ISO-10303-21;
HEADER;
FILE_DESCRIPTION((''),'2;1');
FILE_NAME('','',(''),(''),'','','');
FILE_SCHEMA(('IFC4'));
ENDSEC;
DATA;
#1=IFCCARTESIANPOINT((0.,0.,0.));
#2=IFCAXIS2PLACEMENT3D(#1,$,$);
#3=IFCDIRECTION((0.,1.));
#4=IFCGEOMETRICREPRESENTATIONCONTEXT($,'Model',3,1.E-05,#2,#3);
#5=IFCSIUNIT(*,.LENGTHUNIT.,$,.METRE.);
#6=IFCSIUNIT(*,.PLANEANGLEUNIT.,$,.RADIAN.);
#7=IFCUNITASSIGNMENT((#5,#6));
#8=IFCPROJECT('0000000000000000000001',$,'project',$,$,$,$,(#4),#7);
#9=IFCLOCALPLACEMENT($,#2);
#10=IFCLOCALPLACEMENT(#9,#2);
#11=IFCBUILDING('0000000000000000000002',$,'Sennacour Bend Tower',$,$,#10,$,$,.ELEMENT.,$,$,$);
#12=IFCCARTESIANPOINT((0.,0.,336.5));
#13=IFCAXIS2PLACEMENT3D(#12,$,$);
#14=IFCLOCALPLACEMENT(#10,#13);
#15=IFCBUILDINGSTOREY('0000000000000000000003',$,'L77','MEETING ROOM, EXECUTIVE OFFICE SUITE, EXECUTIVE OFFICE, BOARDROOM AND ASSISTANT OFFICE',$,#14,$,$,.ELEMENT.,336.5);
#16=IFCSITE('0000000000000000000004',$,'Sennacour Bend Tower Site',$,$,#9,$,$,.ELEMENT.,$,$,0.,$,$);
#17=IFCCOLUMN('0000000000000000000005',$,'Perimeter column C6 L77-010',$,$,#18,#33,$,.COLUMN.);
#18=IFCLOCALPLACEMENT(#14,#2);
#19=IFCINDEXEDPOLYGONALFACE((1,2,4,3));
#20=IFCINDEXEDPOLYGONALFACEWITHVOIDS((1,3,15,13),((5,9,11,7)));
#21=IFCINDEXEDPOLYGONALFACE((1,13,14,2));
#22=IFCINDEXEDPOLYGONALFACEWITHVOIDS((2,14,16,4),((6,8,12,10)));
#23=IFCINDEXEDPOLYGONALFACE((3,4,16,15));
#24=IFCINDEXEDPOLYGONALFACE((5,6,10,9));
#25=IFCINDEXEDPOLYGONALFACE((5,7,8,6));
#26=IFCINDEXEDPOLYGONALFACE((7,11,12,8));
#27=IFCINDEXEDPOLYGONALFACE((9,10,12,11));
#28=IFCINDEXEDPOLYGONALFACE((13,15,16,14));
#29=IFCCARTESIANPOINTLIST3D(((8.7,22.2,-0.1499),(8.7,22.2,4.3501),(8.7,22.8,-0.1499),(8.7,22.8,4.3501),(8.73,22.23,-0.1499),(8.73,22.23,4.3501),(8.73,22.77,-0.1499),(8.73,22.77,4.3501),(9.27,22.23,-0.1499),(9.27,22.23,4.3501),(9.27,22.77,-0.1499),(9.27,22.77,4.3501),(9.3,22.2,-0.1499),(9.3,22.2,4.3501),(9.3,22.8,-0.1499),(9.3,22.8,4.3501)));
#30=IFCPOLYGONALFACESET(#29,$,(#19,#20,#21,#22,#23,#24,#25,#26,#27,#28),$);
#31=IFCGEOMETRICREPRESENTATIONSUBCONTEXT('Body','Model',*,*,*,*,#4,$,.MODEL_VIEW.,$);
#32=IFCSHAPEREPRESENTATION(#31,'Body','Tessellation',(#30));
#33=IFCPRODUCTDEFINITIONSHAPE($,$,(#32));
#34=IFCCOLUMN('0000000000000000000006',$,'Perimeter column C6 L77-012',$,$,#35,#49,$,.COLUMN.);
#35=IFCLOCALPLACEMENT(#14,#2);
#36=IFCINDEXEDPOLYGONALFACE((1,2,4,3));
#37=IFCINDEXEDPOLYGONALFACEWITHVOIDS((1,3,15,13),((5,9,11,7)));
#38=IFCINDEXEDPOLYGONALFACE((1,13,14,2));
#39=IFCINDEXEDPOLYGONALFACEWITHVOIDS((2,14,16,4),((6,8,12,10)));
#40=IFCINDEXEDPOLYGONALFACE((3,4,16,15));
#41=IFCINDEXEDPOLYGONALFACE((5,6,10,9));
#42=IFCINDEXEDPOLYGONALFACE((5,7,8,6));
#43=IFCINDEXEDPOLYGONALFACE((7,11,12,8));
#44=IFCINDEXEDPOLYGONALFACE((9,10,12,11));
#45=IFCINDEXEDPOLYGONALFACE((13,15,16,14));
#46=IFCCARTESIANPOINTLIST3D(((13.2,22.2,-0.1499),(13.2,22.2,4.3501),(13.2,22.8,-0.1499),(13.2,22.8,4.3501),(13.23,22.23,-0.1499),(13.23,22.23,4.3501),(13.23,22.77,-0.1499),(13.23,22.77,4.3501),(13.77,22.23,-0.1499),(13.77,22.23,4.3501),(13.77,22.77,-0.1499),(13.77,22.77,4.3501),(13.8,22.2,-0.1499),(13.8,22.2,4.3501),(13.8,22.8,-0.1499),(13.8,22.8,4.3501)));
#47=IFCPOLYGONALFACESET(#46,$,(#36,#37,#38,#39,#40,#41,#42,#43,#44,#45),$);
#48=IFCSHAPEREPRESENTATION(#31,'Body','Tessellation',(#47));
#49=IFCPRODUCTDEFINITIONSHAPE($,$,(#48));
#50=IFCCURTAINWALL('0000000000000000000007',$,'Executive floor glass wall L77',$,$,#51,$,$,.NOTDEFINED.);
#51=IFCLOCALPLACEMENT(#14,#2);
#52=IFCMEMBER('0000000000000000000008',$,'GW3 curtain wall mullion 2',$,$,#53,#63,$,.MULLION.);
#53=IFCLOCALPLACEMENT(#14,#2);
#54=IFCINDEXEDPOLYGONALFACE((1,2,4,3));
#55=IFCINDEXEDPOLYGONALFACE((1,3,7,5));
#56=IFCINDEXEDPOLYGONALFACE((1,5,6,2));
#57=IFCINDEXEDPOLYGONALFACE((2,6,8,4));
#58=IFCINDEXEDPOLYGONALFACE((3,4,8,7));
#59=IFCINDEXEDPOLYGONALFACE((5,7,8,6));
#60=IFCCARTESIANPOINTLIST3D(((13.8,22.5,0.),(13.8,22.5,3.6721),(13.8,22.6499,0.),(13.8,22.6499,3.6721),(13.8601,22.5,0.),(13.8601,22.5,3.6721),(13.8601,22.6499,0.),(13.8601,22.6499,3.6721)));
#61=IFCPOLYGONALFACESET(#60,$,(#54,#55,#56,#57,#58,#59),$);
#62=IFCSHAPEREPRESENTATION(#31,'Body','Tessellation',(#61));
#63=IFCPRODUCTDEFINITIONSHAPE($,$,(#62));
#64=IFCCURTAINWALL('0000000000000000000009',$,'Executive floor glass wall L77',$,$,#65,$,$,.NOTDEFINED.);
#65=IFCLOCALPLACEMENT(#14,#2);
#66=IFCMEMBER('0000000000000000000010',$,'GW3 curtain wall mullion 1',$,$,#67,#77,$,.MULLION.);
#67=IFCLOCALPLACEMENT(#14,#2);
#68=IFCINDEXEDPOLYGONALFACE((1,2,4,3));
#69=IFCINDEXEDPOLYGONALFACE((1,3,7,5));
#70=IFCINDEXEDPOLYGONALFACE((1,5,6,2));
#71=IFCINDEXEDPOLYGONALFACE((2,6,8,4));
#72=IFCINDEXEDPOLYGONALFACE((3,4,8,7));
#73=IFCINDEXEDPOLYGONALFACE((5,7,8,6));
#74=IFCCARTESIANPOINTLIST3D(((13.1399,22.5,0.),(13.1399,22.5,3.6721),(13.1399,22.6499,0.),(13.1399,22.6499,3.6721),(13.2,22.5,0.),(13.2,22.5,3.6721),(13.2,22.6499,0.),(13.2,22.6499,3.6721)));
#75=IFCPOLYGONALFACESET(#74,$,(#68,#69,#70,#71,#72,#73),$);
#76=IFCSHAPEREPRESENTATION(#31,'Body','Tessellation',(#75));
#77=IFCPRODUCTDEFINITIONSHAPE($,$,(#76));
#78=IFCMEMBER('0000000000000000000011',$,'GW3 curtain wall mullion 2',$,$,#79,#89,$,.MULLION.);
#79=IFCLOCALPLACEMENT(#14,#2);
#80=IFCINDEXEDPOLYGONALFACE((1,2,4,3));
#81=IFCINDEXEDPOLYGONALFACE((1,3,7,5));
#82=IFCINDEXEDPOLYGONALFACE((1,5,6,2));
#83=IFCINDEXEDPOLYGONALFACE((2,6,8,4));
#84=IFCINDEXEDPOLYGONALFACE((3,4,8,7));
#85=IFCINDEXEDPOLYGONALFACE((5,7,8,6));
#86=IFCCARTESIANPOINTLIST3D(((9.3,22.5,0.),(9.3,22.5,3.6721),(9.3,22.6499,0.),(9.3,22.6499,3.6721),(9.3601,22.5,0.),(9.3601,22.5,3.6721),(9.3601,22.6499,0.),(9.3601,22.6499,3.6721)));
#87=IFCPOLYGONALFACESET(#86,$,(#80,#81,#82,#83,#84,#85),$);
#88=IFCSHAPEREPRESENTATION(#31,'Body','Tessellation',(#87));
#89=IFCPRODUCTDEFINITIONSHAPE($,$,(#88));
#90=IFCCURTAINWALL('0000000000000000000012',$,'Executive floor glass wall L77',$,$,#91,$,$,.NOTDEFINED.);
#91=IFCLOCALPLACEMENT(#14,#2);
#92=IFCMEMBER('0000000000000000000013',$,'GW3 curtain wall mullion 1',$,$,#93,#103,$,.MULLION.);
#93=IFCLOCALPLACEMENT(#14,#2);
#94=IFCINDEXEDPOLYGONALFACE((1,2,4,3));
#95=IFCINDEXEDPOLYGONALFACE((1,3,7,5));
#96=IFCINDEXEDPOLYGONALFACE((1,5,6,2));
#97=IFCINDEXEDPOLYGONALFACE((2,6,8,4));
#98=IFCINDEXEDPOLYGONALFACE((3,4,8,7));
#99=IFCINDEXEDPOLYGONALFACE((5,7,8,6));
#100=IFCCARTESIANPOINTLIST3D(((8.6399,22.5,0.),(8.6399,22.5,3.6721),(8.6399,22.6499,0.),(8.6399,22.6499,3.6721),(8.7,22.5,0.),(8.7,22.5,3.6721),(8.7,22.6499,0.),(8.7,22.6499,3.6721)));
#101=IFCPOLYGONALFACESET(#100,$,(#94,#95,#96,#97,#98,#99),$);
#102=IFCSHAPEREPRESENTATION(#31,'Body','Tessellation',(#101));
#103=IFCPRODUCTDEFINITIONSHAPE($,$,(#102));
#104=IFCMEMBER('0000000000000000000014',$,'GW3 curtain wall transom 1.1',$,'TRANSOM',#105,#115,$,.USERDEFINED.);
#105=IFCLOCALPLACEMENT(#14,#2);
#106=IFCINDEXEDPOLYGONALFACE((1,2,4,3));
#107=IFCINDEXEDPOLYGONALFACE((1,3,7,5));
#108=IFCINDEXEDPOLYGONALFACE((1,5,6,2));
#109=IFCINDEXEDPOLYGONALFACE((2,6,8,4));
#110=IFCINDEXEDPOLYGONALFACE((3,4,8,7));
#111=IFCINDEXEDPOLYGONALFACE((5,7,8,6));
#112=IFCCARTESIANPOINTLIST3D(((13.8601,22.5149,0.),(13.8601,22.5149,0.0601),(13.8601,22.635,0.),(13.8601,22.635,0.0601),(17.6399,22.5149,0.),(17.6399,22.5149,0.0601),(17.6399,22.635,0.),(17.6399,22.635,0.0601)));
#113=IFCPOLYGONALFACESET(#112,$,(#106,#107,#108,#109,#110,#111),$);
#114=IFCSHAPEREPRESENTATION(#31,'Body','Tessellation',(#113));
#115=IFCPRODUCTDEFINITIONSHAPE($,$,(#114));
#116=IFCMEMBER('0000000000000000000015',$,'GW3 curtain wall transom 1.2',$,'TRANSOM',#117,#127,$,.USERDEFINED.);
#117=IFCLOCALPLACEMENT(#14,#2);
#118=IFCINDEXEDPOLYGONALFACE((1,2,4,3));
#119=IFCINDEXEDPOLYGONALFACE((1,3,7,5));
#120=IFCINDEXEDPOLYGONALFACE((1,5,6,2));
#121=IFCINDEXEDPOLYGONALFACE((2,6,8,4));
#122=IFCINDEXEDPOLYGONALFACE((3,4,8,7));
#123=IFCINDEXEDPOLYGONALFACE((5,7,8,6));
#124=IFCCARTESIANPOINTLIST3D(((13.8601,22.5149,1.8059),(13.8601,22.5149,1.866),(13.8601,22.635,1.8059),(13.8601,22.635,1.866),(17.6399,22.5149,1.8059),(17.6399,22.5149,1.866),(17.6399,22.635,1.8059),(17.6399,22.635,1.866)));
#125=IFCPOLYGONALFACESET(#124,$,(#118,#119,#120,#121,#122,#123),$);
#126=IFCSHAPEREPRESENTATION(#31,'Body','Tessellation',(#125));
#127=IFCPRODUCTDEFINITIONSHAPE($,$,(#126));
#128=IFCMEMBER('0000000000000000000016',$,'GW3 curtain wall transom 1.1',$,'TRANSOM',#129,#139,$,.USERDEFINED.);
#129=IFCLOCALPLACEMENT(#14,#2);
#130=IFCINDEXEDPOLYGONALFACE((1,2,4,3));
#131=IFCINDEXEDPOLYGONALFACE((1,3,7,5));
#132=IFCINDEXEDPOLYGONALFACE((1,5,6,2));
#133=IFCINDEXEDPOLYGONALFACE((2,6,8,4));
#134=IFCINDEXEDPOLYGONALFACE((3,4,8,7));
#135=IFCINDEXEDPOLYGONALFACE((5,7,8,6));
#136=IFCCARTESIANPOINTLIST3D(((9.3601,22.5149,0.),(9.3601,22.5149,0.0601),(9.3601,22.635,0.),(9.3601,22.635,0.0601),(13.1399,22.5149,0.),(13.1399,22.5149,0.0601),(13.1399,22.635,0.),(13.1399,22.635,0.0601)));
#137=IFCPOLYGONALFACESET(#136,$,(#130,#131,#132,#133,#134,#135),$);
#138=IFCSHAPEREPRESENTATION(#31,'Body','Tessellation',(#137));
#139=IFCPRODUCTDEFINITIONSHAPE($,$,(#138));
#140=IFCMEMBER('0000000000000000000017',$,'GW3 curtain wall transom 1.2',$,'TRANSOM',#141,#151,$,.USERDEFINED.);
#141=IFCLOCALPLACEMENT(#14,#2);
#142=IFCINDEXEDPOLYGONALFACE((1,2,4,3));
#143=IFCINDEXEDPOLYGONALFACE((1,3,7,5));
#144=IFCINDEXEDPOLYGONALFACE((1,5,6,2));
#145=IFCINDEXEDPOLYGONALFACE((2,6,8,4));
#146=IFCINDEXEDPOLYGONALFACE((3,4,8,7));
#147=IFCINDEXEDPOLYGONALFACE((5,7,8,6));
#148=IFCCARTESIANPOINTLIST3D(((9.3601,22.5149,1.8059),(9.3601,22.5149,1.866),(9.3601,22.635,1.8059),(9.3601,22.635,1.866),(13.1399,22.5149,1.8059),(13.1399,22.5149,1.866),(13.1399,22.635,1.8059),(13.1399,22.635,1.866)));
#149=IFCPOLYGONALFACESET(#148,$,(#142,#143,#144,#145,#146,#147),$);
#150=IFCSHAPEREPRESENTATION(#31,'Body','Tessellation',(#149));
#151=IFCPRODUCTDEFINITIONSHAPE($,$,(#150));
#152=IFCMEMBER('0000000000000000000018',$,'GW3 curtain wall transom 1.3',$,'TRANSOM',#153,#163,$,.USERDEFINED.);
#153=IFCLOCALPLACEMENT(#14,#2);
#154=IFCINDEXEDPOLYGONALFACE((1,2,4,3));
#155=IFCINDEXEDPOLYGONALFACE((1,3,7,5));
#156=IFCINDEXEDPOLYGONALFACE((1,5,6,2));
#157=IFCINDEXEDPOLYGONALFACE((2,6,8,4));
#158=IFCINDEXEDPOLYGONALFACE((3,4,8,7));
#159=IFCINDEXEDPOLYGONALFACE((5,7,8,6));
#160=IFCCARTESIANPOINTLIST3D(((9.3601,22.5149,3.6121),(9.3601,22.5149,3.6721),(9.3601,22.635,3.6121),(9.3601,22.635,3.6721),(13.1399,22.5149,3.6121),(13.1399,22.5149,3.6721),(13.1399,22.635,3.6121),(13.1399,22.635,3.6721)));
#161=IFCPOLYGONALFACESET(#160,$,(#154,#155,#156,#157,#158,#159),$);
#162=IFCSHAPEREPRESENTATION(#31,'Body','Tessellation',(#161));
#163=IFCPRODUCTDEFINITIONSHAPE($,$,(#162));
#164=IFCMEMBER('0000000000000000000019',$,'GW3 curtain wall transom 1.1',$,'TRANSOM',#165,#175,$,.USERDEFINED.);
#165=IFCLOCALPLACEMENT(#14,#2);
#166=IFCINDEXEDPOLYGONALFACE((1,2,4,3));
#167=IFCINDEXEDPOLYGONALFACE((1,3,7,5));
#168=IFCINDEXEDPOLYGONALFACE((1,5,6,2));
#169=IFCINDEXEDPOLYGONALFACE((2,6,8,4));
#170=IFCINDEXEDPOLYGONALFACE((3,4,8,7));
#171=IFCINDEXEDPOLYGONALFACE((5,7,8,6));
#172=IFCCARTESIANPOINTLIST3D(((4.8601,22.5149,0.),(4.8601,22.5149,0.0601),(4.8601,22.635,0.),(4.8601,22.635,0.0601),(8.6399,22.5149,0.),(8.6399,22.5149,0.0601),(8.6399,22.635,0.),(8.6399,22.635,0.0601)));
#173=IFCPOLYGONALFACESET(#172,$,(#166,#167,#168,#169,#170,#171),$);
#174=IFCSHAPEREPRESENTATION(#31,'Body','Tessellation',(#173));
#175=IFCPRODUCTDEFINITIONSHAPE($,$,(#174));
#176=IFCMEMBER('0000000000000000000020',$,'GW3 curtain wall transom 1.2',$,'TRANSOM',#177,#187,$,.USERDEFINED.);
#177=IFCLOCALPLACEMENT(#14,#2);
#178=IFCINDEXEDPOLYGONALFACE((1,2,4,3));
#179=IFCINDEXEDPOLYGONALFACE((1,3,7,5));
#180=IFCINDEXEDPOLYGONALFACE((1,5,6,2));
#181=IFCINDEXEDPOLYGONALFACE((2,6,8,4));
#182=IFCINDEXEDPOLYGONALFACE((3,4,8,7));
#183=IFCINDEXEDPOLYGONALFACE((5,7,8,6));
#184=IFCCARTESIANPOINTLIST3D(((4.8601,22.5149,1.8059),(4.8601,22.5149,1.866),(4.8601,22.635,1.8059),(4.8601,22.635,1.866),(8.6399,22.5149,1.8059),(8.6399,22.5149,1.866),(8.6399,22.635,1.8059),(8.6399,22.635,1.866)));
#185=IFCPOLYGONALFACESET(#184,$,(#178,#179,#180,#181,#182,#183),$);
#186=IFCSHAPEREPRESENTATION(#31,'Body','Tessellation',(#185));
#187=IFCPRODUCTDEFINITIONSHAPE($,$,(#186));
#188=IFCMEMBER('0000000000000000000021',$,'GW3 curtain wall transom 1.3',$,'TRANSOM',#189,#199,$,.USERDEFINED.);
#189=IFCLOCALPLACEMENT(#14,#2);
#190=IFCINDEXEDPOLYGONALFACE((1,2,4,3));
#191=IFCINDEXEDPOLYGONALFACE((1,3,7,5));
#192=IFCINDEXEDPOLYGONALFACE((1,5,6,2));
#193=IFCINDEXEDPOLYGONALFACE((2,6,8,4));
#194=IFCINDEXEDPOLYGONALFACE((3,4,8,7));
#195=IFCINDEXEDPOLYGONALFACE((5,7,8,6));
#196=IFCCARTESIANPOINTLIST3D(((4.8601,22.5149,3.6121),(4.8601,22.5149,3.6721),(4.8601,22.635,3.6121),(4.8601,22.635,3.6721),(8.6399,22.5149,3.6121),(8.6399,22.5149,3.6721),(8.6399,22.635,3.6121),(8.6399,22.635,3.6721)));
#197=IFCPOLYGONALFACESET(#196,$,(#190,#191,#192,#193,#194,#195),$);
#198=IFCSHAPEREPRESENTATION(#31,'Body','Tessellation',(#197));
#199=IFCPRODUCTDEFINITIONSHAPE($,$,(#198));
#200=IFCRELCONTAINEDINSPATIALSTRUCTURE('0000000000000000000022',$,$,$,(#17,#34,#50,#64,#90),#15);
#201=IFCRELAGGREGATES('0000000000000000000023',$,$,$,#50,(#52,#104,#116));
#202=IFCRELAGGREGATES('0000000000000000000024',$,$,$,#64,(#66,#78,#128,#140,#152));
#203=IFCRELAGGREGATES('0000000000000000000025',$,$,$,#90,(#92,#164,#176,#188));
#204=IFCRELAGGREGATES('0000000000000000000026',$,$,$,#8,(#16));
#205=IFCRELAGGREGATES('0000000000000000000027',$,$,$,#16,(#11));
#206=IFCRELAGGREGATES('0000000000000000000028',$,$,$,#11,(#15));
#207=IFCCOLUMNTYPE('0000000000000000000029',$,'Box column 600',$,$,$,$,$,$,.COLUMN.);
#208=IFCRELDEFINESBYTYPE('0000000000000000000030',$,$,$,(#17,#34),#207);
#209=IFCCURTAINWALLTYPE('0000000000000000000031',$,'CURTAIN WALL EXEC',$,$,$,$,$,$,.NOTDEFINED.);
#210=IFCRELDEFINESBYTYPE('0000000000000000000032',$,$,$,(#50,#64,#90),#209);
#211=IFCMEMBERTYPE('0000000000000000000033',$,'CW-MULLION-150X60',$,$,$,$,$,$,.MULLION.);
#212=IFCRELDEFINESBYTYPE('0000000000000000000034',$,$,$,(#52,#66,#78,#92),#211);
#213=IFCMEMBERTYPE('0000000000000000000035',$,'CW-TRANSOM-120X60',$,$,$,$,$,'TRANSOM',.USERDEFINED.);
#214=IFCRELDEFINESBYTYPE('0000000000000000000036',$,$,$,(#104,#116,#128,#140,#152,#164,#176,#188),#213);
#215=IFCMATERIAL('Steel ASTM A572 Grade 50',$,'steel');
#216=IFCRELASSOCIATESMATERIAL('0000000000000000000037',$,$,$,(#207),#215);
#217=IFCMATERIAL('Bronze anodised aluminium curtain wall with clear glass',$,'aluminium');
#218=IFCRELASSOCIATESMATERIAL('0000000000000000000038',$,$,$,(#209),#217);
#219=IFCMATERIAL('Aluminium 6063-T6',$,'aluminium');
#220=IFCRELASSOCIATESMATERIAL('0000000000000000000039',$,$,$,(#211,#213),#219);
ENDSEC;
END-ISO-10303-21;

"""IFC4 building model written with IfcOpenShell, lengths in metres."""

from ifc_helpers import new_model, si_unit, direction, frame, origin, origin_2d, place, context, subcontext, project, spatial, rectangle, hollow_rectangle, extrude, material, material_profile, profile_set, type_object, element, aggregate, save


model = new_model("IFC4")

# Units and contexts
model_context = context("Model", 3, precision=1e-05, world=origin(), true_north=direction((0.0, 1.0)))
body_context = subcontext(model_context, "Body", "Model", "MODEL_VIEW")
ifc_project = project(units=[si_unit("LENGTHUNIT", "METRE"), si_unit("PLANEANGLEUNIT", "RADIAN")], contexts=[model_context])

# Site, building, storey
site_placement = place(None, origin())
site = spatial("IfcSite", under=ifc_project, at=site_placement, Name="Sennacour Bend Tower Site", CompositionType="ELEMENT", RefElevation=0.0)
building_placement = place(site_placement, origin())
building = spatial("IfcBuilding", under=site, at=building_placement, Name="Sennacour Bend Tower", CompositionType="ELEMENT")
storey_placement = place(building_placement, frame((0.0, 0.0, 336.5)))
storey = spatial("IfcBuildingStorey", under=building, at=storey_placement, Name="L77", Description="MEETING ROOM, EXECUTIVE OFFICE SUITE, EXECUTIVE OFFICE, BOARDROOM AND ASSISTANT OFFICE", CompositionType="ELEMENT", Elevation=336.5)

# Columns
ifc_material_1 = material(Name="Steel ASTM A572 Grade 50", Category="steel")
ifc_material_profile_1 = material_profile(ifc_material_1, hollow_rectangle(XDim=0.6001, YDim=0.6001, WallThickness=0.03, at=origin_2d()), Name="Steel ASTM A572 Grade 50", Category="steel")
ifc_profile_set_1 = profile_set([ifc_material_profile_1], Name="Steel ASTM A572 Grade 50")
column_type = type_object("IfcColumnType", Name="Box column 600", PredefinedType="COLUMN", material=ifc_profile_set_1)
for number, where, z_axis, x_axis, name in (
    (1, (9.0, 22.5, -0.1499), (0.0, 0.0, 1.0), (1.0, 0.0, 0.0), "Perimeter column C6 L77-010"),
    (2, (13.5, 22.5, -0.1499), (0.0, 0.0, 1.0), (1.0, 0.0, 0.0), "Perimeter column C6 L77-012"),
):
    element("IfcColumn", number, at=place(storey_placement, frame(where, z_axis=z_axis, x_axis=x_axis)), inside=storey, type_object=column_type, Name=name, PredefinedType="COLUMN", context=body_context, shape_type="SweptSolid", body=[
        extrude(hollow_rectangle(XDim=0.6001, YDim=0.6001, WallThickness=0.03, at=origin_2d()), origin(), (0.0, 0.0, 1.0), 4.5),
    ])

# Curtain wall, member
ifc_material_2 = material(Name="Bronze anodised aluminium curtain wall with clear glass", Category="aluminium")
curtain_wall_type = type_object("IfcCurtainWallType", Name="CURTAIN WALL EXEC", PredefinedType="NOTDEFINED", material=ifc_material_2)
curtain_wall_1_placement = place(storey_placement, origin())
curtain_wall_1 = element("IfcCurtainWall", 3, at=curtain_wall_1_placement, inside=storey, type_object=curtain_wall_type, Name="Executive floor glass wall L77", PredefinedType="NOTDEFINED")
ifc_material_3 = material(Name="Aluminium 6063-T6", Category="aluminium")
ifc_material_profile_2 = material_profile(ifc_material_3, rectangle(XDim=0.1499, YDim=0.0601, at=origin_2d()), Name="Aluminium 6063-T6", Category="aluminium")
ifc_profile_set_2 = profile_set([ifc_material_profile_2], Name="Aluminium 6063-T6")
member_type_1 = type_object("IfcMemberType", Name="CW-MULLION-150X60", PredefinedType="MULLION", material=ifc_profile_set_2)
member_1_placement = place(storey_placement, frame((13.8301, 22.575, 0.0), z_axis=(0.0, 0.0, 1.0), x_axis=(0.0, -1.0, 0.0)))
member_1 = element("IfcMember", 4, at=member_1_placement, type_object=member_type_1, Name="GW3 curtain wall mullion 2", PredefinedType="MULLION", context=body_context, shape_type="SweptSolid", body=[
    extrude(rectangle(XDim=0.1499, YDim=0.0601, at=origin_2d()), origin(), (0.0, 0.0, 1.0), 3.6721),
])

# Curtain wall, members
curtain_wall_2_placement = place(storey_placement, origin())
curtain_wall_2 = element("IfcCurtainWall", 5, at=curtain_wall_2_placement, inside=storey, type_object=curtain_wall_type, Name="Executive floor glass wall L77", PredefinedType="NOTDEFINED")
member_2_placement = place(storey_placement, frame((13.1699, 22.575, 0.0), z_axis=(0.0, 0.0, 1.0), x_axis=(0.0, -1.0, 0.0)))
member_2 = element("IfcMember", 6, at=member_2_placement, type_object=member_type_1, Name="GW3 curtain wall mullion 1", PredefinedType="MULLION", context=body_context, shape_type="SweptSolid", body=[
    extrude(rectangle(XDim=0.1499, YDim=0.0601, at=origin_2d()), origin(), (0.0, 0.0, 1.0), 3.6721),
])
member_3_placement = place(storey_placement, frame((9.3301, 22.575, 0.0), z_axis=(0.0, 0.0, 1.0), x_axis=(0.0, -1.0, 0.0)))
member_3 = element("IfcMember", 7, at=member_3_placement, type_object=member_type_1, Name="GW3 curtain wall mullion 2", PredefinedType="MULLION", context=body_context, shape_type="SweptSolid", body=[
    extrude(rectangle(XDim=0.1499, YDim=0.0601, at=origin_2d()), origin(), (0.0, 0.0, 1.0), 3.6721),
])

# Curtain wall, member
curtain_wall_3_placement = place(storey_placement, origin())
curtain_wall_3 = element("IfcCurtainWall", 8, at=curtain_wall_3_placement, inside=storey, type_object=curtain_wall_type, Name="Executive floor glass wall L77", PredefinedType="NOTDEFINED")
member_4_placement = place(storey_placement, frame((8.6699, 22.575, 0.0), z_axis=(0.0, 0.0, 1.0), x_axis=(0.0, -1.0, 0.0)))
member_4 = element("IfcMember", 9, at=member_4_placement, type_object=member_type_1, Name="GW3 curtain wall mullion 1", PredefinedType="MULLION", context=body_context, shape_type="SweptSolid", body=[
    extrude(rectangle(XDim=0.1499, YDim=0.0601, at=origin_2d()), origin(), (0.0, 0.0, 1.0), 3.6721),
])

# Members
ifc_material_profile_3 = material_profile(ifc_material_3, rectangle(XDim=0.1201, YDim=0.0601, at=origin_2d()), Name="Aluminium 6063-T6", Category="aluminium")
ifc_profile_set_3 = profile_set([ifc_material_profile_3], Name="Aluminium 6063-T6")
member_type_2 = type_object("IfcMemberType", Name="CW-TRANSOM-120X60", ElementType="TRANSOM", PredefinedType="USERDEFINED", material=ifc_profile_set_3)
member_5_placement = place(storey_placement, frame((17.6399, 22.575, 0.03), z_axis=(-1.0, 0.0, 0.0), x_axis=(0.0, -1.0, 0.0)))
member_5 = element("IfcMember", 10, at=member_5_placement, type_object=member_type_2, Name="GW3 curtain wall transom 1.1", ObjectType="TRANSOM", PredefinedType="USERDEFINED", context=body_context, shape_type="SweptSolid", body=[
    extrude(rectangle(XDim=0.1201, YDim=0.0601, at=origin_2d()), origin(), (0.0, 0.0, 1.0), 3.7798),
])
member_6_placement = place(storey_placement, frame((17.6399, 22.575, 1.8359), z_axis=(-1.0, 0.0, 0.0), x_axis=(0.0, -1.0, 0.0)))
member_6 = element("IfcMember", 11, at=member_6_placement, type_object=member_type_2, Name="GW3 curtain wall transom 1.2", ObjectType="TRANSOM", PredefinedType="USERDEFINED", context=body_context, shape_type="SweptSolid", body=[
    extrude(rectangle(XDim=0.1201, YDim=0.0601, at=origin_2d()), origin(), (0.0, 0.0, 1.0), 3.7798),
])
member_7_placement = place(storey_placement, frame((13.1399, 22.575, 0.03), z_axis=(-1.0, 0.0, 0.0), x_axis=(0.0, -1.0, 0.0)))
member_7 = element("IfcMember", 12, at=member_7_placement, type_object=member_type_2, Name="GW3 curtain wall transom 1.1", ObjectType="TRANSOM", PredefinedType="USERDEFINED", context=body_context, shape_type="SweptSolid", body=[
    extrude(rectangle(XDim=0.1201, YDim=0.0601, at=origin_2d()), origin(), (0.0, 0.0, 1.0), 3.7798),
])
member_8_placement = place(storey_placement, frame((13.1399, 22.575, 1.8359), z_axis=(-1.0, 0.0, 0.0), x_axis=(0.0, -1.0, 0.0)))
member_8 = element("IfcMember", 13, at=member_8_placement, type_object=member_type_2, Name="GW3 curtain wall transom 1.2", ObjectType="TRANSOM", PredefinedType="USERDEFINED", context=body_context, shape_type="SweptSolid", body=[
    extrude(rectangle(XDim=0.1201, YDim=0.0601, at=origin_2d()), origin(), (0.0, 0.0, 1.0), 3.7798),
])
member_9_placement = place(storey_placement, frame((13.1399, 22.575, 3.6421), z_axis=(-1.0, 0.0, 0.0), x_axis=(0.0, -1.0, 0.0)))
member_9 = element("IfcMember", 14, at=member_9_placement, type_object=member_type_2, Name="GW3 curtain wall transom 1.3", ObjectType="TRANSOM", PredefinedType="USERDEFINED", context=body_context, shape_type="SweptSolid", body=[
    extrude(rectangle(XDim=0.1201, YDim=0.0601, at=origin_2d()), origin(), (0.0, 0.0, 1.0), 3.7798),
])
member_10_placement = place(storey_placement, frame((8.6399, 22.575, 0.03), z_axis=(-1.0, 0.0, 0.0), x_axis=(0.0, -1.0, 0.0)))
member_10 = element("IfcMember", 15, at=member_10_placement, type_object=member_type_2, Name="GW3 curtain wall transom 1.1", ObjectType="TRANSOM", PredefinedType="USERDEFINED", context=body_context, shape_type="SweptSolid", body=[
    extrude(rectangle(XDim=0.1201, YDim=0.0601, at=origin_2d()), origin(), (0.0, 0.0, 1.0), 3.7798),
])
member_11_placement = place(storey_placement, frame((8.6399, 22.575, 1.8359), z_axis=(-1.0, 0.0, 0.0), x_axis=(0.0, -1.0, 0.0)))
member_11 = element("IfcMember", 16, at=member_11_placement, type_object=member_type_2, Name="GW3 curtain wall transom 1.2", ObjectType="TRANSOM", PredefinedType="USERDEFINED", context=body_context, shape_type="SweptSolid", body=[
    extrude(rectangle(XDim=0.1201, YDim=0.0601, at=origin_2d()), origin(), (0.0, 0.0, 1.0), 3.7798),
])
member_12_placement = place(storey_placement, frame((8.6399, 22.575, 3.6421), z_axis=(-1.0, 0.0, 0.0), x_axis=(0.0, -1.0, 0.0)))
member_12 = element("IfcMember", 17, at=member_12_placement, type_object=member_type_2, Name="GW3 curtain wall transom 1.3", ObjectType="TRANSOM", PredefinedType="USERDEFINED", context=body_context, shape_type="SweptSolid", body=[
    extrude(rectangle(XDim=0.1201, YDim=0.0601, at=origin_2d()), origin(), (0.0, 0.0, 1.0), 3.7798),
])

aggregate(curtain_wall_1, [member_1, member_5, member_6])
aggregate(curtain_wall_2, [member_2, member_3, member_7, member_8, member_9])
aggregate(curtain_wall_3, [member_4, member_10, member_11, member_12])

save(model, "model.ifc")
